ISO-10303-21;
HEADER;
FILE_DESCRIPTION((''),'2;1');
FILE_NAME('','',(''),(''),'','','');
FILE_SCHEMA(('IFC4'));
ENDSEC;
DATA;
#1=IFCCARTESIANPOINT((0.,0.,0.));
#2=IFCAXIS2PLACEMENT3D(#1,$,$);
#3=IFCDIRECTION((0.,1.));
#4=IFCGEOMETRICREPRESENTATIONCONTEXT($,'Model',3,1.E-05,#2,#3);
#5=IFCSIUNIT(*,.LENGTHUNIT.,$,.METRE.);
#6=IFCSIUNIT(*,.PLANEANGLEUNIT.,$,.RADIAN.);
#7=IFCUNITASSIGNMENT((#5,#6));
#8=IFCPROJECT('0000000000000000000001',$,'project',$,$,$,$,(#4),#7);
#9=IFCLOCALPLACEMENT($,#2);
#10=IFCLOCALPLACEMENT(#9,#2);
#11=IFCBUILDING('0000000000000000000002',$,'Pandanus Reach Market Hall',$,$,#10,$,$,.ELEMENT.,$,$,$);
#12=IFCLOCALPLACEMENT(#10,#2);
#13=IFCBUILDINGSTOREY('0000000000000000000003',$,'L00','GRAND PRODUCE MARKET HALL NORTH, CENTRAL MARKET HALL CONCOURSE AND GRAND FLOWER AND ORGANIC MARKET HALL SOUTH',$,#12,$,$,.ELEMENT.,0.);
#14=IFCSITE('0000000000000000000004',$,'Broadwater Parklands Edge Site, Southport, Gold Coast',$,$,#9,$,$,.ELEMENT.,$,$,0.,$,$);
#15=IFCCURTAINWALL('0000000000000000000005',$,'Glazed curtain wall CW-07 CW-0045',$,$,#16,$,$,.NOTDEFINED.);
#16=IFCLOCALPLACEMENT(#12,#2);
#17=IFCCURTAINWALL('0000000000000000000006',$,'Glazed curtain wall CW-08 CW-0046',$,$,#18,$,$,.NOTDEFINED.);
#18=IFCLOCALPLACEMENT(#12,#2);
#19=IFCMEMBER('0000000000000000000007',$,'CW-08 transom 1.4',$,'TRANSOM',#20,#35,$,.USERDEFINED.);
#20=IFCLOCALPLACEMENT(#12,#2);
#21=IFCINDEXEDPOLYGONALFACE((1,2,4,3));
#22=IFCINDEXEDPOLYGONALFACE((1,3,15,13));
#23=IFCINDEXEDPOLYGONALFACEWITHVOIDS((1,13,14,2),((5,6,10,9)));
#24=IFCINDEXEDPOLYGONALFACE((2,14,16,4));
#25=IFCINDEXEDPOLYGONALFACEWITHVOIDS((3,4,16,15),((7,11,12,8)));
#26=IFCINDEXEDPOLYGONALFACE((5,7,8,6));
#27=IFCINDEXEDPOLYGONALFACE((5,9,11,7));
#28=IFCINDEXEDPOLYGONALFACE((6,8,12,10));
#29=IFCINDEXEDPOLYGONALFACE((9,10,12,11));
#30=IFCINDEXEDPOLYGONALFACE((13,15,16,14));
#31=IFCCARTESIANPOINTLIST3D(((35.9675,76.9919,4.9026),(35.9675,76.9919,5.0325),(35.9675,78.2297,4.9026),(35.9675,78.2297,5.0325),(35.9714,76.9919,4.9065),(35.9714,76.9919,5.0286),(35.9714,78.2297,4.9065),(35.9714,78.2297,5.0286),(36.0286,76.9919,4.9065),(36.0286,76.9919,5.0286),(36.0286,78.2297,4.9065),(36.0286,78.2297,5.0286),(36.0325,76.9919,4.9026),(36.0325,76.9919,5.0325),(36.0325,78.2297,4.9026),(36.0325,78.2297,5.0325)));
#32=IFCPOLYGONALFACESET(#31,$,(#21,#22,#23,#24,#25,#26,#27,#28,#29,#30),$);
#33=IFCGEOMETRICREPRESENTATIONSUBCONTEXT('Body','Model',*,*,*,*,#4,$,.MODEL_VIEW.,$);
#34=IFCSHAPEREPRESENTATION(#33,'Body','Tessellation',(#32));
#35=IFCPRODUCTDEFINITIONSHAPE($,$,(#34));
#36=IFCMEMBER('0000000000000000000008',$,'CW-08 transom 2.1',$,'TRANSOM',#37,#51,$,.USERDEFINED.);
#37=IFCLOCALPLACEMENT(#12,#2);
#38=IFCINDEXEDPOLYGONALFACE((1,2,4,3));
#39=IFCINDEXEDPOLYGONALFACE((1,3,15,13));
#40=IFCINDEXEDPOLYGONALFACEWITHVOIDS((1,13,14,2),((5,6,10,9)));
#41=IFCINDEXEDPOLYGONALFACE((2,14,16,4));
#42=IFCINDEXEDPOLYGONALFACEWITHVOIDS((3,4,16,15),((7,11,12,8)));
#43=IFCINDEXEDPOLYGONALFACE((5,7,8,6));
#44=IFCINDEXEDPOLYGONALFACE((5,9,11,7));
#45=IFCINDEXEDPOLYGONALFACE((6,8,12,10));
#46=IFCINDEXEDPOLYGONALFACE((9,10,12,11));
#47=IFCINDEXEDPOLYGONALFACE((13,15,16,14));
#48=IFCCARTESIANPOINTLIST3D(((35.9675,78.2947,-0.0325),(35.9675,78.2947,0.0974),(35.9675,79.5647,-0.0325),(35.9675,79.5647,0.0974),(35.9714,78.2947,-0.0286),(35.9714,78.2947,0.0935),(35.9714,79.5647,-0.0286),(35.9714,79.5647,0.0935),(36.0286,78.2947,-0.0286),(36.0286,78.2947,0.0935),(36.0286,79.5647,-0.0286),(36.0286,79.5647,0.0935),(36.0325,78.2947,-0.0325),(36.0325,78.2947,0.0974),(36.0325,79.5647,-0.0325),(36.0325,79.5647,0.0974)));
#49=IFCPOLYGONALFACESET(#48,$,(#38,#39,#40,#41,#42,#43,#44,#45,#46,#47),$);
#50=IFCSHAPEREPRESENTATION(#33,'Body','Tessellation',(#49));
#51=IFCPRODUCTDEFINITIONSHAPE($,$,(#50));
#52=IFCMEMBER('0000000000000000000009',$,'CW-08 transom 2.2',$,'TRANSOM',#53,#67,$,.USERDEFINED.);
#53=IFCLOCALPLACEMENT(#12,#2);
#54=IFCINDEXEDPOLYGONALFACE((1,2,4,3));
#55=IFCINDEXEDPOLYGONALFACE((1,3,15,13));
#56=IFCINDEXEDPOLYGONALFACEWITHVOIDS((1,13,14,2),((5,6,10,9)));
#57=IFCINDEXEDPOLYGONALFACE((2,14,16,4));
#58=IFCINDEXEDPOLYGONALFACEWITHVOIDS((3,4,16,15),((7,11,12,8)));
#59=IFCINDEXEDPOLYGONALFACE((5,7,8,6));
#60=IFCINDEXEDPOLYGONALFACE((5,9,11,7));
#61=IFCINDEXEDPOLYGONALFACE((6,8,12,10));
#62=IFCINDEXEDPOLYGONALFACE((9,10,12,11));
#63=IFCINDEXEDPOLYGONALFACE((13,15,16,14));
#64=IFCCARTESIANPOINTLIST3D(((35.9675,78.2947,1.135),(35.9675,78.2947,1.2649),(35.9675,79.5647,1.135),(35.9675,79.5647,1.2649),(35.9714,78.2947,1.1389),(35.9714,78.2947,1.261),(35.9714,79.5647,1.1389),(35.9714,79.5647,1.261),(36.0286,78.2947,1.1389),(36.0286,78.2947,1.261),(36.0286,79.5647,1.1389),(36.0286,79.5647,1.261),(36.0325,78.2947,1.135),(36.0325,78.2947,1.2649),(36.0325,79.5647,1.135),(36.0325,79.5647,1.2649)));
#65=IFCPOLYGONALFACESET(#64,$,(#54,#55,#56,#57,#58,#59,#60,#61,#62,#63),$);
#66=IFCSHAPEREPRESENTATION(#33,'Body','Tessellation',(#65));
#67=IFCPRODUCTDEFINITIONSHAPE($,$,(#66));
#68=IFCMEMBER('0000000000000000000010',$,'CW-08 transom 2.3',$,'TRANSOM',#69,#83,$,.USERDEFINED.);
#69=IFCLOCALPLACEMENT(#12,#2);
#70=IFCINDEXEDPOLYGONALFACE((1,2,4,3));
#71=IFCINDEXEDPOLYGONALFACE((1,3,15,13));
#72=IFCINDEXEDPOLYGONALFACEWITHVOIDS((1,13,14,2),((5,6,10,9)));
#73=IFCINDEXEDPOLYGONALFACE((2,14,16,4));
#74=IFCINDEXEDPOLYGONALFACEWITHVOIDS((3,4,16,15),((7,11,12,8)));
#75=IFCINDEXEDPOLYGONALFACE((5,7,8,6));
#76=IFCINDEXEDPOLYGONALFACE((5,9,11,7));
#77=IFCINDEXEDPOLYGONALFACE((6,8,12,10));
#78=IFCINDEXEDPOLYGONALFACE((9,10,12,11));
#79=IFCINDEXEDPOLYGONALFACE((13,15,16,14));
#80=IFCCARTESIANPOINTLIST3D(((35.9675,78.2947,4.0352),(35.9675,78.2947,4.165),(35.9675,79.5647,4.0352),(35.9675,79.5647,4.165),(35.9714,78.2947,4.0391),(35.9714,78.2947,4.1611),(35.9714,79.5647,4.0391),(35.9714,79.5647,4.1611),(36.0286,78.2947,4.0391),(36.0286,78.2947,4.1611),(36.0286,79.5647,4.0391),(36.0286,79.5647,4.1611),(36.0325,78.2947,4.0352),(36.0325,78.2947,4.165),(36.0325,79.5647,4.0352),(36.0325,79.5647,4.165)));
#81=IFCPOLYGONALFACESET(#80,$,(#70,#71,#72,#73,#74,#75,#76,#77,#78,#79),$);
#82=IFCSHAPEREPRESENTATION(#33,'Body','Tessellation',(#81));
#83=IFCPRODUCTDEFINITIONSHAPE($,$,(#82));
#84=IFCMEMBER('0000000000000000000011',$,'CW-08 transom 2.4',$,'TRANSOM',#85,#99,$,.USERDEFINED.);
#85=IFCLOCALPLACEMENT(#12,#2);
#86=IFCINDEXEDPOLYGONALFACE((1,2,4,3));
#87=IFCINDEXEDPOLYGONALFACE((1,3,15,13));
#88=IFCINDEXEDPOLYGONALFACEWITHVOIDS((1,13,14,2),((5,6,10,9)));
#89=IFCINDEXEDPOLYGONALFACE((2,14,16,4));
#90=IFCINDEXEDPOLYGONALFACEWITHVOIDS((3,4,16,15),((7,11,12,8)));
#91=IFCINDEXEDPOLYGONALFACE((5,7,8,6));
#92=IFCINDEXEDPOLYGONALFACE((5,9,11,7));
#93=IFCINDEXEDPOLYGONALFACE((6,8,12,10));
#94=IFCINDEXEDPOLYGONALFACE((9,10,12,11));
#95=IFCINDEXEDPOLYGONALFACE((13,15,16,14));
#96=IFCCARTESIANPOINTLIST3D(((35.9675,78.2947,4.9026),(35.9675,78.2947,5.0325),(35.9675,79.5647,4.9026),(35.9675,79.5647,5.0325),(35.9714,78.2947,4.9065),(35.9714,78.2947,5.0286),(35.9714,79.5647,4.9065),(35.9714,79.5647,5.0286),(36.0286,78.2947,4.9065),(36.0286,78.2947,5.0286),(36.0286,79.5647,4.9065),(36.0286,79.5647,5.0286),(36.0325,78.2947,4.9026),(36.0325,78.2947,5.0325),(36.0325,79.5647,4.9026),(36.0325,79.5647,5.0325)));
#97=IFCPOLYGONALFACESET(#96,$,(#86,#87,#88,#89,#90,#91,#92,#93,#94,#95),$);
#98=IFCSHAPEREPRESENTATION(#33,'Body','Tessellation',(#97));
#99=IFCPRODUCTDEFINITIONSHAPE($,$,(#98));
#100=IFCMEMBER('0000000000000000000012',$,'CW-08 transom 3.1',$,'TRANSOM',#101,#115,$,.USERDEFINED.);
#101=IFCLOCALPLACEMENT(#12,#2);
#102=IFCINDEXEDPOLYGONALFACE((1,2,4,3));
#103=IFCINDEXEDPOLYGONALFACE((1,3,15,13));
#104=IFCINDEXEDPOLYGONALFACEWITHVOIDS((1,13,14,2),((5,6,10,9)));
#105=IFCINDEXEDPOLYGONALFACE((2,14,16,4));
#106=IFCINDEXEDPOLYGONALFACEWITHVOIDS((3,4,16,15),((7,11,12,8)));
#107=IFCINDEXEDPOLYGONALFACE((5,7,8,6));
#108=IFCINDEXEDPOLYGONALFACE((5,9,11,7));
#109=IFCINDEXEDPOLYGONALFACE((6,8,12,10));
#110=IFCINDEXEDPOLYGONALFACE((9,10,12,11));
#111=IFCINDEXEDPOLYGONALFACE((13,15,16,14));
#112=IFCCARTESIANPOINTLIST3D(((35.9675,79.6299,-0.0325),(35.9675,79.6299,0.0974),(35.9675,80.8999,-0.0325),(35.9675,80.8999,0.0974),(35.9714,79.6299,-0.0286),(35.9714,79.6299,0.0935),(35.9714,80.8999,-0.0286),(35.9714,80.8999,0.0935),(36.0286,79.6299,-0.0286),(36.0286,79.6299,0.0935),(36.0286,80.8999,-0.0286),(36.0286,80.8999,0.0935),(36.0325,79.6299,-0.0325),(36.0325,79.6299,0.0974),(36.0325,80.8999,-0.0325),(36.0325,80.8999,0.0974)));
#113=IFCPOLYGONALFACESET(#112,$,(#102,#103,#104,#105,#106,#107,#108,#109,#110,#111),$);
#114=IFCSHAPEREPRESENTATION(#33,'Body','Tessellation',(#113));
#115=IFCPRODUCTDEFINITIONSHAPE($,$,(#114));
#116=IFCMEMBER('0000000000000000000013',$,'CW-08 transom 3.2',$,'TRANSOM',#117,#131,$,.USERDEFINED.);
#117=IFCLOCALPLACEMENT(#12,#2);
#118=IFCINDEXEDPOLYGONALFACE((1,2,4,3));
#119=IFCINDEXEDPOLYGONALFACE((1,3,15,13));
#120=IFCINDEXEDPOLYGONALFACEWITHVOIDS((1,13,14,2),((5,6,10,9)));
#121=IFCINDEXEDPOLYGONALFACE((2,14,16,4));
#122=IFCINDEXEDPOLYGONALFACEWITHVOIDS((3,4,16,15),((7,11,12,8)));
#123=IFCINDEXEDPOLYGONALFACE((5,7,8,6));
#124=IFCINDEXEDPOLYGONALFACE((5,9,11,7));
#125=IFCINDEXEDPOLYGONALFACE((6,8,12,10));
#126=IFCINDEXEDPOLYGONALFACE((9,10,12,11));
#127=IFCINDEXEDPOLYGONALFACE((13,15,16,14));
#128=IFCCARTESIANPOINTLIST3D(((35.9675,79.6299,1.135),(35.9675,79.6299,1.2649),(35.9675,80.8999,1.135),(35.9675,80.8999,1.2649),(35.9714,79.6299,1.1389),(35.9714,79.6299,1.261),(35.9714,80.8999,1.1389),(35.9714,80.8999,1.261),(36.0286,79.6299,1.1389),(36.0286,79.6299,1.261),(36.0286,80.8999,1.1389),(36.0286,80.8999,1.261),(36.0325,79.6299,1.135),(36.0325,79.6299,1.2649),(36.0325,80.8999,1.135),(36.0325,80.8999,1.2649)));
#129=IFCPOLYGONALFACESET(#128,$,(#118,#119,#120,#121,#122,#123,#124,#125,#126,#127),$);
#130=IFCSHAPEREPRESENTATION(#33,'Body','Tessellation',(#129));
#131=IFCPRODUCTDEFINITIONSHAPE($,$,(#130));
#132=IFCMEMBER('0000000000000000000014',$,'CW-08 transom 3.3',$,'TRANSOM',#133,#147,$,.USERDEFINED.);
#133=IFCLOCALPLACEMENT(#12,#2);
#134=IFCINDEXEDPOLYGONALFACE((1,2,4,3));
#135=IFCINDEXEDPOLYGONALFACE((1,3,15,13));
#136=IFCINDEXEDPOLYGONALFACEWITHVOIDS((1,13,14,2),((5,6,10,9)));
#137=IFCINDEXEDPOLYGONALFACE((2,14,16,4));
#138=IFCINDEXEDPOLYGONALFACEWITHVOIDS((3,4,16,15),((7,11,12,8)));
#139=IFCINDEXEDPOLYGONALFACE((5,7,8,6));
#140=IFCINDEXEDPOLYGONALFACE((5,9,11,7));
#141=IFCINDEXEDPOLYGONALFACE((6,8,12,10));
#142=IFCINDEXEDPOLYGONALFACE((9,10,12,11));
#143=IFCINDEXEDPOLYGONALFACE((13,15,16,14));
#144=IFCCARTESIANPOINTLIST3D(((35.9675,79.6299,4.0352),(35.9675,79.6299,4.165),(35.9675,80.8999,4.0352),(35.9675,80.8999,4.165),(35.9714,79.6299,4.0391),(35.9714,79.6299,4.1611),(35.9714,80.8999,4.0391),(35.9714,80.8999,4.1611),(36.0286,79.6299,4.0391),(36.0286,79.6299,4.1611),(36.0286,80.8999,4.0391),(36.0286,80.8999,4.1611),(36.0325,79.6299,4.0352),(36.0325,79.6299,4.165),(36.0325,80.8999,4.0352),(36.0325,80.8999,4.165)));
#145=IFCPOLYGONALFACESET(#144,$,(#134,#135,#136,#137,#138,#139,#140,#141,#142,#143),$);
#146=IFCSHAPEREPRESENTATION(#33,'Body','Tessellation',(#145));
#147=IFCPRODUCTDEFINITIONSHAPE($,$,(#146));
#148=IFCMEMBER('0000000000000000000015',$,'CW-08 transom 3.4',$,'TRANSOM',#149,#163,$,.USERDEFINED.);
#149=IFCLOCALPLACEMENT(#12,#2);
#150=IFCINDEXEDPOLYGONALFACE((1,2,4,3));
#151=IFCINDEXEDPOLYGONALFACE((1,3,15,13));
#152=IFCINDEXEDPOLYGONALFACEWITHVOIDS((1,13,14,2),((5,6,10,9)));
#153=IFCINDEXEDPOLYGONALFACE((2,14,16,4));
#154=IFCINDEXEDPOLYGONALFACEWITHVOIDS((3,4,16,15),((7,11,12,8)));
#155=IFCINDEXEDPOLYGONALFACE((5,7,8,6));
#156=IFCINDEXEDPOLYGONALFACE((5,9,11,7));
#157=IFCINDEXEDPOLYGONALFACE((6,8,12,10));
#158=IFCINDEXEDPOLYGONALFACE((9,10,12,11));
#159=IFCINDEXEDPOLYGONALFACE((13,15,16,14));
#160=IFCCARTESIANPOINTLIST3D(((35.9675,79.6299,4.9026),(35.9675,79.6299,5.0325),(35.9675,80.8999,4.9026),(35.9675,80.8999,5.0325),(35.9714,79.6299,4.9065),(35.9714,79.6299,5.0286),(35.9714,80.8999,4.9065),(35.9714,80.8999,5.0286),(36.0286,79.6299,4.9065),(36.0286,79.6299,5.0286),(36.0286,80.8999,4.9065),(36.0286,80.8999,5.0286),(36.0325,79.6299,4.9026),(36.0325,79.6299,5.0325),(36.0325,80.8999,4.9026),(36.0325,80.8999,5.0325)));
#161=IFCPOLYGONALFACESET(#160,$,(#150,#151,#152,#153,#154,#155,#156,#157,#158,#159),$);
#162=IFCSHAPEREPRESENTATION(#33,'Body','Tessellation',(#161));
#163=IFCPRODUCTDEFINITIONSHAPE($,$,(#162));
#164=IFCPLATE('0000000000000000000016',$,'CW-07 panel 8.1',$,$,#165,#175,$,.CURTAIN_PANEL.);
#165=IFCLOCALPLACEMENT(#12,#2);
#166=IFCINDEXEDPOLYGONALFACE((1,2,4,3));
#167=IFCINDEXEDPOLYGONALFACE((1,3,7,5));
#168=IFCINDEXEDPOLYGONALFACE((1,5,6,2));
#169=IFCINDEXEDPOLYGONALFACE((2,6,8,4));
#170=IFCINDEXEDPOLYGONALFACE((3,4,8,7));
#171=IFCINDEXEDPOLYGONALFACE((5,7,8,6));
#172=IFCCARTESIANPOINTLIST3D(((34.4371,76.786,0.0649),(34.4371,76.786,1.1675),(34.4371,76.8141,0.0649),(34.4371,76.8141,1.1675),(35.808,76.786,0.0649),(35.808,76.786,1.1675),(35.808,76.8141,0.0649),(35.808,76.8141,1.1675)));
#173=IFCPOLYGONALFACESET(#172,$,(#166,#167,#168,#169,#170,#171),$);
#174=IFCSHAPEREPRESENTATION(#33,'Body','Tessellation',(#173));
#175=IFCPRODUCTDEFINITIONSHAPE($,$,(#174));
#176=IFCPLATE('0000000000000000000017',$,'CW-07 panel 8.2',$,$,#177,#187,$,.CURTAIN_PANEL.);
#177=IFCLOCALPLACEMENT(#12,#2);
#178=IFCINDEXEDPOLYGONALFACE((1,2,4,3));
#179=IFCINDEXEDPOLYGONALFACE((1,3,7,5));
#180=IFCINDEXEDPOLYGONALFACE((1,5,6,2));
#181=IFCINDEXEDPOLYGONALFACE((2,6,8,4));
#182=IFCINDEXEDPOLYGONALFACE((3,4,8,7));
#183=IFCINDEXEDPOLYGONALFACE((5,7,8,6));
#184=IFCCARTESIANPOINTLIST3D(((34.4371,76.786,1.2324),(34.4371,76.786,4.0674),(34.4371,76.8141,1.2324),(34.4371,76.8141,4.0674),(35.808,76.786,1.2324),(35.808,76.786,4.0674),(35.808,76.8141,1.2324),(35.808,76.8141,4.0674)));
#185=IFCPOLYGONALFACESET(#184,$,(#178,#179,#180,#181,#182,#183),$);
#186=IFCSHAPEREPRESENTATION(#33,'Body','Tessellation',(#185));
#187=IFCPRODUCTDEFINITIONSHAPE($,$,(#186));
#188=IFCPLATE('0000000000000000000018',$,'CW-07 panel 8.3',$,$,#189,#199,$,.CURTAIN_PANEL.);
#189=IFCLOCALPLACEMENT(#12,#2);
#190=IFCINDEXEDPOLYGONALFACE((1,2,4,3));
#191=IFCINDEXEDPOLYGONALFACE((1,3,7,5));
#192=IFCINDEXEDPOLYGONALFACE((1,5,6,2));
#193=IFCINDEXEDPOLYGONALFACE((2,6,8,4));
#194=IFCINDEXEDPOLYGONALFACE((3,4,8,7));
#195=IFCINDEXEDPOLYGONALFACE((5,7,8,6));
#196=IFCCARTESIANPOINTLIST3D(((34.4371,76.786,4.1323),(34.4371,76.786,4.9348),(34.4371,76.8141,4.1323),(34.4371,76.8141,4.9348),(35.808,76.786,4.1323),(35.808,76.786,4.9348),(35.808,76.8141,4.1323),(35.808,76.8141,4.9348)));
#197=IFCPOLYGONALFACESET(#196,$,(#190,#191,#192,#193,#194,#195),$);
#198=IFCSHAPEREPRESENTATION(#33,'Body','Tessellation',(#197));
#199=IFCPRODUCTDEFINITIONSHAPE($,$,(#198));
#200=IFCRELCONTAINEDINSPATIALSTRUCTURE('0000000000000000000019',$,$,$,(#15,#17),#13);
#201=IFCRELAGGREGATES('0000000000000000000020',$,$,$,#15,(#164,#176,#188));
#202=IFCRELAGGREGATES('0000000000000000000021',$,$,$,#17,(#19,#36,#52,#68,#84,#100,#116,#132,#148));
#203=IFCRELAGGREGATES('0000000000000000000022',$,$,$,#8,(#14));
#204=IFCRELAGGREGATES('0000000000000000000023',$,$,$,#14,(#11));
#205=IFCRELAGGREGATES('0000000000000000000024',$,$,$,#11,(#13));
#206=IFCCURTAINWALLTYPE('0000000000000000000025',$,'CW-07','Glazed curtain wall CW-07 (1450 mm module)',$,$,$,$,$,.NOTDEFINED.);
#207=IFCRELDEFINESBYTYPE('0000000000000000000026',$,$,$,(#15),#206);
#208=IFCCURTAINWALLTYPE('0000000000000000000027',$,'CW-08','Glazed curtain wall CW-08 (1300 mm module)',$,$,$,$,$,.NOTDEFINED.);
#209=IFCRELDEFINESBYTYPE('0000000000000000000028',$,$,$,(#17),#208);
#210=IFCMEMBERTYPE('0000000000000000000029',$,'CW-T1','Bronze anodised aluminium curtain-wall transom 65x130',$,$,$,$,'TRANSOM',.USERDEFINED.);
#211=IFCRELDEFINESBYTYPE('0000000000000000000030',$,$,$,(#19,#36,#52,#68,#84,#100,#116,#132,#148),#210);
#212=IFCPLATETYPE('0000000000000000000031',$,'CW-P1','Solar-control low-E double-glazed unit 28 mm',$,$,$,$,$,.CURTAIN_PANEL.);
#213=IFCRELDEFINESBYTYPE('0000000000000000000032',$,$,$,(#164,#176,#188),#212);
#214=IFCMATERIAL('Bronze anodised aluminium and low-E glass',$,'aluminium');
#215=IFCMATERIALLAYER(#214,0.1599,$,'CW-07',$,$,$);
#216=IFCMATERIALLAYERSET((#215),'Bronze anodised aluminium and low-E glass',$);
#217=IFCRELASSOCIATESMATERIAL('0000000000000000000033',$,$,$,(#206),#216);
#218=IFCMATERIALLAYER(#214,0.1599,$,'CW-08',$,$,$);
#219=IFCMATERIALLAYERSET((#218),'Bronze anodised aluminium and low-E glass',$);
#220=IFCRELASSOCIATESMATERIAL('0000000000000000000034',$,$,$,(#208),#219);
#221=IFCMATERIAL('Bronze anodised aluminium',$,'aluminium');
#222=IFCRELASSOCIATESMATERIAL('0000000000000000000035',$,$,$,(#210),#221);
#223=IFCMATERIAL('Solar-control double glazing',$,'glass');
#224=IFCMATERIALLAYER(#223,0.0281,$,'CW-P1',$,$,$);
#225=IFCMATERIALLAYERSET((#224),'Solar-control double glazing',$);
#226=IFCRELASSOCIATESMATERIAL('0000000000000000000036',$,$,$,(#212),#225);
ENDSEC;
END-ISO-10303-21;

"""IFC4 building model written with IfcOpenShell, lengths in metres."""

from ifc_helpers import new_model, si_unit, direction, frame, origin, origin_2d, place, context, subcontext, project, spatial, rectangle, hollow_rectangle, extrude, material, layer, layer_set, material_profile, profile_set, type_object, element, aggregate, save


model = new_model("IFC4")

# Units and contexts
model_context = context("Model", 3, precision=1e-05, world=origin(), true_north=direction((0.0, 1.0)))
body_context = subcontext(model_context, "Body", "Model", "MODEL_VIEW")
ifc_project = project(units=[si_unit("LENGTHUNIT", "METRE"), si_unit("PLANEANGLEUNIT", "RADIAN")], contexts=[model_context])

# Site, building, storey
site_placement = place(None, origin())
site = spatial("IfcSite", under=ifc_project, at=site_placement, Name="Broadwater Parklands Edge Site, Southport, Gold Coast", CompositionType="ELEMENT", RefElevation=0.0)
building_placement = place(site_placement, origin())
building = spatial("IfcBuilding", under=site, at=building_placement, Name="Pandanus Reach Market Hall", CompositionType="ELEMENT")
storey_placement = place(building_placement, origin())
storey = spatial("IfcBuildingStorey", under=building, at=storey_placement, Name="L00", Description="GRAND PRODUCE MARKET HALL NORTH, CENTRAL MARKET HALL CONCOURSE AND GRAND FLOWER AND ORGANIC MARKET HALL SOUTH", CompositionType="ELEMENT", Elevation=0.0)

# Curtain wall
ifc_material_1 = material(Name="Bronze anodised aluminium and low-E glass", Category="aluminium")
ifc_layer_1 = layer(ifc_material_1, 0.1599, Name="CW-07")
ifc_layer_set_1 = layer_set([ifc_layer_1], Name="Bronze anodised aluminium and low-E glass")
curtain_wall_type_1 = type_object("IfcCurtainWallType", Name="CW-07", Description="Glazed curtain wall CW-07 (1450 mm module)", PredefinedType="NOTDEFINED", material=ifc_layer_set_1)
curtain_wall_1_placement = place(storey_placement, origin())
curtain_wall_1 = element("IfcCurtainWall", 1, at=curtain_wall_1_placement, inside=storey, type_object=curtain_wall_type_1, Name="Glazed curtain wall CW-07 CW-0045", PredefinedType="NOTDEFINED")
ifc_material_2 = material(Name="Bronze anodised aluminium", Category="aluminium")

# Curtain wall, members
ifc_layer_2 = layer(ifc_material_1, 0.1599, Name="CW-08")
ifc_layer_set_2 = layer_set([ifc_layer_2], Name="Bronze anodised aluminium and low-E glass")
curtain_wall_type_2 = type_object("IfcCurtainWallType", Name="CW-08", Description="Glazed curtain wall CW-08 (1300 mm module)", PredefinedType="NOTDEFINED", material=ifc_layer_set_2)
curtain_wall_2_placement = place(storey_placement, origin())
curtain_wall_2 = element("IfcCurtainWall", 2, at=curtain_wall_2_placement, inside=storey, type_object=curtain_wall_type_2, Name="Glazed curtain wall CW-08 CW-0046", PredefinedType="NOTDEFINED")
ifc_material_profile_1 = material_profile(ifc_material_2, hollow_rectangle(XDim=0.0649, YDim=0.1299, WallThickness=0.0039, at=origin_2d()), Name="ALU65x130", Category="LoadBearing")
ifc_profile_set_1 = profile_set([ifc_material_profile_1], Name="Bronze anodised aluminium")
member_type_1 = type_object("IfcMemberType", Name="CW-T1", Description="Bronze anodised aluminium curtain-wall transom 65x130", ElementType="TRANSOM", PredefinedType="USERDEFINED", material=ifc_profile_set_1)
member_1_placement = place(storey_placement, frame((36.0, 76.9919, 4.9675), z_axis=(0.0, 1.0, 0.0), x_axis=(-1.0, 0.0, 0.0)))
member_1 = element("IfcMember", 3, at=member_1_placement, type_object=member_type_1, Name="CW-08 transom 1.4", ObjectType="TRANSOM", PredefinedType="USERDEFINED", context=body_context, shape_type="SweptSolid", body=[
    extrude(hollow_rectangle(XDim=0.0649, YDim=0.1299, WallThickness=0.0039, at=origin_2d()), origin(), (0.0, 0.0, 1.0), 1.2378),
])
member_2_placement = place(storey_placement, frame((36.0, 78.2947, 0.0325), z_axis=(0.0, 1.0, 0.0), x_axis=(-1.0, 0.0, 0.0)))
member_2 = element("IfcMember", 4, at=member_2_placement, type_object=member_type_1, Name="CW-08 transom 2.1", ObjectType="TRANSOM", PredefinedType="USERDEFINED", context=body_context, shape_type="SweptSolid", body=[
    extrude(hollow_rectangle(XDim=0.0649, YDim=0.1299, WallThickness=0.0039, at=origin_2d()), origin(), (0.0, 0.0, 1.0), 1.27),
])
member_3_placement = place(storey_placement, frame((36.0, 78.2947, 1.2), z_axis=(0.0, 1.0, 0.0), x_axis=(-1.0, 0.0, 0.0)))
member_3 = element("IfcMember", 5, at=member_3_placement, type_object=member_type_1, Name="CW-08 transom 2.2", ObjectType="TRANSOM", PredefinedType="USERDEFINED", context=body_context, shape_type="SweptSolid", body=[
    extrude(hollow_rectangle(XDim=0.0649, YDim=0.1299, WallThickness=0.0039, at=origin_2d()), origin(), (0.0, 0.0, 1.0), 1.27),
])
member_4_placement = place(storey_placement, frame((36.0, 78.2947, 4.1001), z_axis=(0.0, 1.0, 0.0), x_axis=(-1.0, 0.0, 0.0)))
member_4 = element("IfcMember", 6, at=member_4_placement, type_object=member_type_1, Name="CW-08 transom 2.3", ObjectType="TRANSOM", PredefinedType="USERDEFINED", context=body_context, shape_type="SweptSolid", body=[
    extrude(hollow_rectangle(XDim=0.0649, YDim=0.1299, WallThickness=0.0039, at=origin_2d()), origin(), (0.0, 0.0, 1.0), 1.27),
])
member_5_placement = place(storey_placement, frame((36.0, 78.2947, 4.9675), z_axis=(0.0, 1.0, 0.0), x_axis=(-1.0, 0.0, 0.0)))
member_5 = element("IfcMember", 7, at=member_5_placement, type_object=member_type_1, Name="CW-08 transom 2.4", ObjectType="TRANSOM", PredefinedType="USERDEFINED", context=body_context, shape_type="SweptSolid", body=[
    extrude(hollow_rectangle(XDim=0.0649, YDim=0.1299, WallThickness=0.0039, at=origin_2d()), origin(), (0.0, 0.0, 1.0), 1.27),
])
member_6_placement = place(storey_placement, frame((36.0, 79.6299, 0.0325), z_axis=(0.0, 1.0, 0.0), x_axis=(-1.0, 0.0, 0.0)))
member_6 = element("IfcMember", 8, at=member_6_placement, type_object=member_type_1, Name="CW-08 transom 3.1", ObjectType="TRANSOM", PredefinedType="USERDEFINED", context=body_context, shape_type="SweptSolid", body=[
    extrude(hollow_rectangle(XDim=0.0649, YDim=0.1299, WallThickness=0.0039, at=origin_2d()), origin(), (0.0, 0.0, 1.0), 1.27),
])
member_7_placement = place(storey_placement, frame((36.0, 79.6299, 1.2), z_axis=(0.0, 1.0, 0.0), x_axis=(-1.0, 0.0, 0.0)))
member_7 = element("IfcMember", 9, at=member_7_placement, type_object=member_type_1, Name="CW-08 transom 3.2", ObjectType="TRANSOM", PredefinedType="USERDEFINED", context=body_context, shape_type="SweptSolid", body=[
    extrude(hollow_rectangle(XDim=0.0649, YDim=0.1299, WallThickness=0.0039, at=origin_2d()), origin(), (0.0, 0.0, 1.0), 1.27),
])
member_8_placement = place(storey_placement, frame((36.0, 79.6299, 4.1001), z_axis=(0.0, 1.0, 0.0), x_axis=(-1.0, 0.0, 0.0)))
member_8 = element("IfcMember", 10, at=member_8_placement, type_object=member_type_1, Name="CW-08 transom 3.3", ObjectType="TRANSOM", PredefinedType="USERDEFINED", context=body_context, shape_type="SweptSolid", body=[
    extrude(hollow_rectangle(XDim=0.0649, YDim=0.1299, WallThickness=0.0039, at=origin_2d()), origin(), (0.0, 0.0, 1.0), 1.27),
])
member_9_placement = place(storey_placement, frame((36.0, 79.6299, 4.9675), z_axis=(0.0, 1.0, 0.0), x_axis=(-1.0, 0.0, 0.0)))
member_9 = element("IfcMember", 11, at=member_9_placement, type_object=member_type_1, Name="CW-08 transom 3.4", ObjectType="TRANSOM", PredefinedType="USERDEFINED", context=body_context, shape_type="SweptSolid", body=[
    extrude(hollow_rectangle(XDim=0.0649, YDim=0.1299, WallThickness=0.0039, at=origin_2d()), origin(), (0.0, 0.0, 1.0), 1.27),
])

# Plates
ifc_material_3 = material(Name="Solar-control double glazing", Category="glass")
ifc_layer_3 = layer(ifc_material_3, 0.0281, Name="CW-P1")
ifc_layer_set_3 = layer_set([ifc_layer_3], Name="Solar-control double glazing")
plate_type = type_object("IfcPlateType", Name="CW-P1", Description="Solar-control low-E double-glazed unit 28 mm", PredefinedType="CURTAIN_PANEL", material=ifc_layer_set_3)
plate_1_placement = place(storey_placement, frame((35.1226, 76.8, 0.0649), z_axis=(0.0, 0.0, 1.0), x_axis=(1.0, 0.0, 0.0)))
plate_1 = element("IfcPlate", 12, at=plate_1_placement, type_object=plate_type, Name="CW-07 panel 8.1", PredefinedType="CURTAIN_PANEL", context=body_context, shape_type="SweptSolid", body=[
    extrude(rectangle(XDim=1.3708, YDim=0.0281, at=origin_2d()), origin(), (0.0, 0.0, 1.0), 1.1025),
])
plate_2_placement = place(storey_placement, frame((35.1226, 76.8, 1.2324), z_axis=(0.0, 0.0, 1.0), x_axis=(1.0, 0.0, 0.0)))
plate_2 = element("IfcPlate", 13, at=plate_2_placement, type_object=plate_type, Name="CW-07 panel 8.2", PredefinedType="CURTAIN_PANEL", context=body_context, shape_type="SweptSolid", body=[
    extrude(rectangle(XDim=1.3708, YDim=0.0281, at=origin_2d()), origin(), (0.0, 0.0, 1.0), 2.835),
])
plate_3_placement = place(storey_placement, frame((35.1226, 76.8, 4.1323), z_axis=(0.0, 0.0, 1.0), x_axis=(1.0, 0.0, 0.0)))
plate_3 = element("IfcPlate", 14, at=plate_3_placement, type_object=plate_type, Name="CW-07 panel 8.3", PredefinedType="CURTAIN_PANEL", context=body_context, shape_type="SweptSolid", body=[
    extrude(rectangle(XDim=1.3708, YDim=0.0281, at=origin_2d()), origin(), (0.0, 0.0, 1.0), 0.8025),
])
aggregate(curtain_wall_1, [plate_1, plate_2, plate_3])
aggregate(curtain_wall_2, [member_1, member_2, member_3, member_4, member_5, member_6, member_7, member_8, member_9])

save(model, "model.ifc")
